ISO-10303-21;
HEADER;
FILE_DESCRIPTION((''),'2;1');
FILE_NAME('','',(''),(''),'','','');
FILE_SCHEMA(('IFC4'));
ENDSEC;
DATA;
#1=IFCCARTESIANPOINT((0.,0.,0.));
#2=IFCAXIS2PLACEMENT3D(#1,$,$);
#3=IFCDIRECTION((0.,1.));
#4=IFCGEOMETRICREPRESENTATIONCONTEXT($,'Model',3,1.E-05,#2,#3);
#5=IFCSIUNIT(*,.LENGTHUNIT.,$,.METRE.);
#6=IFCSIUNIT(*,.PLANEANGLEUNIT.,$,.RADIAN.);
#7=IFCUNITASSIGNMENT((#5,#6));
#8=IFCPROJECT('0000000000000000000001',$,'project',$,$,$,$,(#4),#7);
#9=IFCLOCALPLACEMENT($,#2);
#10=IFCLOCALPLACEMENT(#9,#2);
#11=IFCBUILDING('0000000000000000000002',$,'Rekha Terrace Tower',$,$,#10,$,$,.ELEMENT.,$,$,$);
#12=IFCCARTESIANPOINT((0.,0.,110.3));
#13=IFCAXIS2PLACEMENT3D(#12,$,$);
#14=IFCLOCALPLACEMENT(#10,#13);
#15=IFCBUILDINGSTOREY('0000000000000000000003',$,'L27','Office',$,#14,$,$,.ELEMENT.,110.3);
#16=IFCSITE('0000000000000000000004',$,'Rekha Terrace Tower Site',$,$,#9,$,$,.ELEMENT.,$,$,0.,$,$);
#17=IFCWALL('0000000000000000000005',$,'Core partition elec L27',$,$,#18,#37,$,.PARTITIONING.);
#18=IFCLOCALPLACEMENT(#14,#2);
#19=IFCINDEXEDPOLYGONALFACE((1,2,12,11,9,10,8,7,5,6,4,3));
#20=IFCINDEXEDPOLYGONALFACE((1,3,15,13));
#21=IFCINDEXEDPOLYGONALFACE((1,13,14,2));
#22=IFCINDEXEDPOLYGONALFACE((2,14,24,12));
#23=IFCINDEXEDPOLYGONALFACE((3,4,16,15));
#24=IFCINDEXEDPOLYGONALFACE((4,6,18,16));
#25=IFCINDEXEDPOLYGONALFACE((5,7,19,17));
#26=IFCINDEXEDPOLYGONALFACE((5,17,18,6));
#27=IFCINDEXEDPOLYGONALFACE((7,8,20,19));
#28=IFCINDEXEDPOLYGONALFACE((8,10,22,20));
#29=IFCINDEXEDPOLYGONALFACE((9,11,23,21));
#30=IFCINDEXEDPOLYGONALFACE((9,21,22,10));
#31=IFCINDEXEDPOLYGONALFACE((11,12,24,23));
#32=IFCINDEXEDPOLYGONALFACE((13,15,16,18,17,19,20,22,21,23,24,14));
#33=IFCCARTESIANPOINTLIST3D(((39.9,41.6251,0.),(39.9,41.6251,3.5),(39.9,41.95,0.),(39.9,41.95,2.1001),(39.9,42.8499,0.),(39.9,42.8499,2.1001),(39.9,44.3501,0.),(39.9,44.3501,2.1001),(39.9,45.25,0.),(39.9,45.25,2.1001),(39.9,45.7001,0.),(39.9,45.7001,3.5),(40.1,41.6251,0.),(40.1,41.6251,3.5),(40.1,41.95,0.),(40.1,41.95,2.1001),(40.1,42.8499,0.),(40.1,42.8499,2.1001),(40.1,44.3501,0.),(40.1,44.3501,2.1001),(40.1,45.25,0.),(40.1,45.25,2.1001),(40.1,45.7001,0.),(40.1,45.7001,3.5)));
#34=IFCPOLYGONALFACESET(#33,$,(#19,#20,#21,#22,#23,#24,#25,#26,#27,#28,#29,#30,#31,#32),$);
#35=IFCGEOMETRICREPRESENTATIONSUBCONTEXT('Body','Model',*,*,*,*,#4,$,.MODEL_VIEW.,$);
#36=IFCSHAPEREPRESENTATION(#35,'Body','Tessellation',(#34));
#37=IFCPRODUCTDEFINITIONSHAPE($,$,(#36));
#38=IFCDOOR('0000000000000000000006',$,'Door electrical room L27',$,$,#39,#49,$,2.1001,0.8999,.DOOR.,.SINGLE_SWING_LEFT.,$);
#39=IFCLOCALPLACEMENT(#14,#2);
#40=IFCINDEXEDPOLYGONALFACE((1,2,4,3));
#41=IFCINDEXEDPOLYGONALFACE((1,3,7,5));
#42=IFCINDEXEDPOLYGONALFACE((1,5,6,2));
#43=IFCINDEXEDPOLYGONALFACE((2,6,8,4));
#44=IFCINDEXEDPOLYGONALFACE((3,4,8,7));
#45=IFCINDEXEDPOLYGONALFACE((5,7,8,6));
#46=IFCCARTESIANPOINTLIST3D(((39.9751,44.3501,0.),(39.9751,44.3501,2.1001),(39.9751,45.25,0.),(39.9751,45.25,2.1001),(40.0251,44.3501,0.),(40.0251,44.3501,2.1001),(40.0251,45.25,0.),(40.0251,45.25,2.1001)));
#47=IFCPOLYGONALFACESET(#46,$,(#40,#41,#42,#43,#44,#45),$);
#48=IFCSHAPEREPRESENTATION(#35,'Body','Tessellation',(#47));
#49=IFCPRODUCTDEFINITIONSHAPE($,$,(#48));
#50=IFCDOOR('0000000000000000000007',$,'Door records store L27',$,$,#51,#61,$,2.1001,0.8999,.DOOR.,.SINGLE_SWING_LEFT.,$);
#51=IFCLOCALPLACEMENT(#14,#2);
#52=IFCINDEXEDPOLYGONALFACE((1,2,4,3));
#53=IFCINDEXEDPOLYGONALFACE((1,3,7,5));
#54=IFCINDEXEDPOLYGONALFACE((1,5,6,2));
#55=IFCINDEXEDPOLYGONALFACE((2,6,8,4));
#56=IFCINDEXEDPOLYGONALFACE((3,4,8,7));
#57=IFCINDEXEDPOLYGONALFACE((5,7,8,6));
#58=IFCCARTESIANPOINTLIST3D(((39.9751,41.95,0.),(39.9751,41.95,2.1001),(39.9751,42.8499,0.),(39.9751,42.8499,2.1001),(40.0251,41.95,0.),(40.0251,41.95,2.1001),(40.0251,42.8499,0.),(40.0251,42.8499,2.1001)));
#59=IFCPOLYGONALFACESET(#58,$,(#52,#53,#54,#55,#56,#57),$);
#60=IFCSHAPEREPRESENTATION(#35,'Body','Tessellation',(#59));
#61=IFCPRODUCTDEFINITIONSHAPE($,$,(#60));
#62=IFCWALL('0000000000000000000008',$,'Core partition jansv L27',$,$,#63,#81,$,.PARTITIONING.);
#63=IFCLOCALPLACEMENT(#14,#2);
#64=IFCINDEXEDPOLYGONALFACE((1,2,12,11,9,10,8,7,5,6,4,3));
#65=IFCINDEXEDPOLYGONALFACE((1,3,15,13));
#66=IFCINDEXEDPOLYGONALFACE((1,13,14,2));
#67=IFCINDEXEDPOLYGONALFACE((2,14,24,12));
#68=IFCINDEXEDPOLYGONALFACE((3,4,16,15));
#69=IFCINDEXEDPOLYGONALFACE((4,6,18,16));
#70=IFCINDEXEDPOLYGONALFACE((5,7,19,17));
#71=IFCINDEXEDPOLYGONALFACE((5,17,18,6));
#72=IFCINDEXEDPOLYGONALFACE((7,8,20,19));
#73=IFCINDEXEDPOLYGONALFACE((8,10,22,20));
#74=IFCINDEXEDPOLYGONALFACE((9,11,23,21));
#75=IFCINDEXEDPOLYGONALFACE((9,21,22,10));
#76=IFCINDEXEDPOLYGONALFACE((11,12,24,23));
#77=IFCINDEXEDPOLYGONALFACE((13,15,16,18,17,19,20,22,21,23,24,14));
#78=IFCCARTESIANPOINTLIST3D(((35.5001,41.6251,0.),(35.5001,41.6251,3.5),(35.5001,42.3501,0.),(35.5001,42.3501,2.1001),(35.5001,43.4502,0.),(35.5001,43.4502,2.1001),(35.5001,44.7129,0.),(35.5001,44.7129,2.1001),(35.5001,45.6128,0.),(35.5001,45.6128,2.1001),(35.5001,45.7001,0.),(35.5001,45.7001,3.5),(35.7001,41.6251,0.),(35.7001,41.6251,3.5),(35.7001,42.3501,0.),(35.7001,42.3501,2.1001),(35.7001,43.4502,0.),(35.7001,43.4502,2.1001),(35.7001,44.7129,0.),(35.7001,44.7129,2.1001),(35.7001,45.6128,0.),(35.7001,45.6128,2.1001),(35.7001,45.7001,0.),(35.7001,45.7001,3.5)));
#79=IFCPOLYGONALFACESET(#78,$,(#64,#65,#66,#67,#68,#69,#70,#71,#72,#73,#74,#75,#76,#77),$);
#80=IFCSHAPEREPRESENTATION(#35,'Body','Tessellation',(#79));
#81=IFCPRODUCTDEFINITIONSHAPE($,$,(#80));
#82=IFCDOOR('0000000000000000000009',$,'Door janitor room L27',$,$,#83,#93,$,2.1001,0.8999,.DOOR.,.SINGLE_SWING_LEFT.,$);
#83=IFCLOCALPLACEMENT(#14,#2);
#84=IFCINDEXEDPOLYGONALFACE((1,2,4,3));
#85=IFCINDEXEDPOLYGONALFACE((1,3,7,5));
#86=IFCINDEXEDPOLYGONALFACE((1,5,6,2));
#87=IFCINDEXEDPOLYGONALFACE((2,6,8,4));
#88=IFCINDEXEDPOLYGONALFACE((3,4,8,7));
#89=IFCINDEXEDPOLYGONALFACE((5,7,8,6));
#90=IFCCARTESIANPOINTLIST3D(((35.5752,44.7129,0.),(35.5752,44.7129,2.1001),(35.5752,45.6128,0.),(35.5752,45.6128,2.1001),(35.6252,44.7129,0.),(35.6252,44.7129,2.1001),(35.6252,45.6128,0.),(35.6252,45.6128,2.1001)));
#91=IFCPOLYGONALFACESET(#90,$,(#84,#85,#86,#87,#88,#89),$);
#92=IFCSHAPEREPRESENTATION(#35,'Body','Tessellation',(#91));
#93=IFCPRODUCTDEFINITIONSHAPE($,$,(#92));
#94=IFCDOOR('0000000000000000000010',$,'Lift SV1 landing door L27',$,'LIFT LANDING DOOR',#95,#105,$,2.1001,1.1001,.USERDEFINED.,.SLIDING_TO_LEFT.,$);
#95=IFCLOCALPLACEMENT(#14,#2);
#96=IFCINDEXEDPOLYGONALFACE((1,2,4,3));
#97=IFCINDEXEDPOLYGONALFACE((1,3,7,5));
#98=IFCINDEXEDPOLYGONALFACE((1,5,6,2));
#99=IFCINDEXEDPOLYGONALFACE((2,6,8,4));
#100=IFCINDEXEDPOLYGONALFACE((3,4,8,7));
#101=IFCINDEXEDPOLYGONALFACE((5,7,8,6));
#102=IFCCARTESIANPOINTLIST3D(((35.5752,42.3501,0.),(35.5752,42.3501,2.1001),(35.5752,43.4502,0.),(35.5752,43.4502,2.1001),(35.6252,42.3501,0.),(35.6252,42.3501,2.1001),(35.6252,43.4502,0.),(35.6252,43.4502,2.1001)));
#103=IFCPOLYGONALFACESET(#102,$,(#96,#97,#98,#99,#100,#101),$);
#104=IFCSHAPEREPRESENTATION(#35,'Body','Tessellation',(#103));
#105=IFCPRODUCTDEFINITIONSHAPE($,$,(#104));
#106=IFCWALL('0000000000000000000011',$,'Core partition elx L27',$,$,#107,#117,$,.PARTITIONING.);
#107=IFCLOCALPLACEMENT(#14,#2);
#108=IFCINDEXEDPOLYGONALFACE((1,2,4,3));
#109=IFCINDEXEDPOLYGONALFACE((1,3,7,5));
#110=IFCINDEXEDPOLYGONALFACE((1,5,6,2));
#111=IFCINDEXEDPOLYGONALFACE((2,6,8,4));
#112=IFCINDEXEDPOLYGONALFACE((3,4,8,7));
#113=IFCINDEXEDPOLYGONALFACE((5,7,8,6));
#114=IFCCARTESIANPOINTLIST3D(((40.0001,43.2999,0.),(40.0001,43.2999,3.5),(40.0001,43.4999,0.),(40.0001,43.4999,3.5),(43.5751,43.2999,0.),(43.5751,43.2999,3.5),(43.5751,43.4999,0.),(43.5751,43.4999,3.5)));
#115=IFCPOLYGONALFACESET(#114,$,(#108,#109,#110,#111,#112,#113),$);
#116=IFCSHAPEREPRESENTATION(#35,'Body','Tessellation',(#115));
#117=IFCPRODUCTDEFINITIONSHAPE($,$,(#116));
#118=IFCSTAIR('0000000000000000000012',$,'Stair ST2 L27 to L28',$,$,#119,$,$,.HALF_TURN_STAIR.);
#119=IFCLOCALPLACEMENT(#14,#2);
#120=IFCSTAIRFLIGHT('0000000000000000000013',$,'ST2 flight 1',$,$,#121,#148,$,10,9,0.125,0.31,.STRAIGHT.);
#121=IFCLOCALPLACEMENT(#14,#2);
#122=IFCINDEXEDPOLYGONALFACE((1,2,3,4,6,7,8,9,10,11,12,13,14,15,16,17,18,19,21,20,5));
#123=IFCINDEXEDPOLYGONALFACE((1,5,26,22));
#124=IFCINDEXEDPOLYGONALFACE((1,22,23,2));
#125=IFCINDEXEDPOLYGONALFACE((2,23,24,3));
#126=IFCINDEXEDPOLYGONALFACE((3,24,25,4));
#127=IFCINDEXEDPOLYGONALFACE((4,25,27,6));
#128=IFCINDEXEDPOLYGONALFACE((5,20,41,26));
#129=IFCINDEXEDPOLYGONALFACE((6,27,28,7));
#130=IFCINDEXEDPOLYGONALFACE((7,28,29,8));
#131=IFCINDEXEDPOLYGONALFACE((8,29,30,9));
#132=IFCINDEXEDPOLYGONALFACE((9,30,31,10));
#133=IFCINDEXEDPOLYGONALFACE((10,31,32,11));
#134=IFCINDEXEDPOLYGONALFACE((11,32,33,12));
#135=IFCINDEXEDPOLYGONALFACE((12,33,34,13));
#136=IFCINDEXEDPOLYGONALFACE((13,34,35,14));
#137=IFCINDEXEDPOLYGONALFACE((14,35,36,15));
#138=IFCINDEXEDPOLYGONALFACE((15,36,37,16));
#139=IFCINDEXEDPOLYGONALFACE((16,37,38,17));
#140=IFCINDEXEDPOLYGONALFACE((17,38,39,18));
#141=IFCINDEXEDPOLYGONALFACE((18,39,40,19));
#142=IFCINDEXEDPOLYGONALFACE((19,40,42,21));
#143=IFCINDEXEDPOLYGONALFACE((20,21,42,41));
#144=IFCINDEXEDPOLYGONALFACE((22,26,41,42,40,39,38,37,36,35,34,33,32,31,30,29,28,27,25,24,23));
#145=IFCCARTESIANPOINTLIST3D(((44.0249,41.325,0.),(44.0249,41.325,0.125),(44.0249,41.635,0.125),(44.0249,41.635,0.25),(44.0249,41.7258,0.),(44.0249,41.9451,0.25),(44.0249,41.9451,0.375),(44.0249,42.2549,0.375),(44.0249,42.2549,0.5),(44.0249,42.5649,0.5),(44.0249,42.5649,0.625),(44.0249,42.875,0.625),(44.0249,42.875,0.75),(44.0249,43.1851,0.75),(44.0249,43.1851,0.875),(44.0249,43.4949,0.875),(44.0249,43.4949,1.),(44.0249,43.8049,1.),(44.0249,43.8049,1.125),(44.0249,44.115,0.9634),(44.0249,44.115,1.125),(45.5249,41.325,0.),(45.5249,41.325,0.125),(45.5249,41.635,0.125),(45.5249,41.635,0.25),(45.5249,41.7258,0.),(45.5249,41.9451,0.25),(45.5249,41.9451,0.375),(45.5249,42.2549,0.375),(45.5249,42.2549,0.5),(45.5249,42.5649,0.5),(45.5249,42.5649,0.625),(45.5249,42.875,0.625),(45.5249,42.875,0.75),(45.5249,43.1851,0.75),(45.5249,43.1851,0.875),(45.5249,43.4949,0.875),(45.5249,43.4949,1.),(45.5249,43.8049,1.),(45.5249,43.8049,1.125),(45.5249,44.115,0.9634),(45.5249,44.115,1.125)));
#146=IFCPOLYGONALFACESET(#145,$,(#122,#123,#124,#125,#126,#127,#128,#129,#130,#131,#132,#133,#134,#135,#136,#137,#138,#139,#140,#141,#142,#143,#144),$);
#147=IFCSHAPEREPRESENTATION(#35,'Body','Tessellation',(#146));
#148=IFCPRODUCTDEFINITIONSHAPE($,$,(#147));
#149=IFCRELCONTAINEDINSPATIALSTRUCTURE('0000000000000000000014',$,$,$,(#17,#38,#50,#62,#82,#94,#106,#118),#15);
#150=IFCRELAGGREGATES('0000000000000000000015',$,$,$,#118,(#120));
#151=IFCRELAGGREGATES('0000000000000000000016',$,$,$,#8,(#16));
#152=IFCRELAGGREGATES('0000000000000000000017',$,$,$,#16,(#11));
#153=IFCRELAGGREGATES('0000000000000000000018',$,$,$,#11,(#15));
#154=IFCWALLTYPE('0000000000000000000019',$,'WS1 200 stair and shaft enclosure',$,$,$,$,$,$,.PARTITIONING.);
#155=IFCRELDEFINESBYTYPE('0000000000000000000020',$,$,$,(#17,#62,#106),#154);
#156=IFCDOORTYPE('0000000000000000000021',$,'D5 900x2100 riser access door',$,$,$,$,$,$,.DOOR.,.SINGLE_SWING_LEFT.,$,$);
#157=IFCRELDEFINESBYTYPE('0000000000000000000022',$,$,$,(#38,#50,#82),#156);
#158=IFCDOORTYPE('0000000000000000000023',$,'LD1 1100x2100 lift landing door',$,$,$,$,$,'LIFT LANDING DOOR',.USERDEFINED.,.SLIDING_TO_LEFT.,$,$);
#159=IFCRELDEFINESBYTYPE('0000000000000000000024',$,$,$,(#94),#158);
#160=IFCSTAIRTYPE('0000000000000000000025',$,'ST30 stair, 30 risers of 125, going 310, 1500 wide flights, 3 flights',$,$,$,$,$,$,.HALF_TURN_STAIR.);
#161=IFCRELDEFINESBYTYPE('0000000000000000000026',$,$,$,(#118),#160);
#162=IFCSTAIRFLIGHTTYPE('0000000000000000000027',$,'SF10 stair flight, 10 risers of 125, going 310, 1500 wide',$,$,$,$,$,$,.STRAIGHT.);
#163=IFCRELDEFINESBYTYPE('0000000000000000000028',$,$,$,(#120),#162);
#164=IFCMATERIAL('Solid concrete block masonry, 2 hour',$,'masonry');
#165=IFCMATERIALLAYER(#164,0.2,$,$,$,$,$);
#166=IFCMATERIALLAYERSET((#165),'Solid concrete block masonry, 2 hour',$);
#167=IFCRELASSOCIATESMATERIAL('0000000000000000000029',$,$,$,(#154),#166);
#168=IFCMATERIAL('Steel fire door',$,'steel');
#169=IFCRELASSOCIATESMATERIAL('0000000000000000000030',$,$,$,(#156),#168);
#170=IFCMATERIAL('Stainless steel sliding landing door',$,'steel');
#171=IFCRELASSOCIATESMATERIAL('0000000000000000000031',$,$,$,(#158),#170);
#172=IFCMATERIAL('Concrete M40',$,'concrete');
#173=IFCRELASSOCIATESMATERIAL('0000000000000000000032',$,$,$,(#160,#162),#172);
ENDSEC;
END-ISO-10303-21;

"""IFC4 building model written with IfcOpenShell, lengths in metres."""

from ifc_helpers import new_model, si_unit, direction, frame, frame_2d, origin, place, context, subcontext, project, spatial, polyline, rectangle, outline, extrude, material, layer, layer_set, type_object, element, fill, aggregate, save


model = new_model("IFC4")

# Units and contexts
model_context = context("Model", 3, precision=1e-05, world=origin(), true_north=direction((0.0, 1.0)))
body_context = subcontext(model_context, "Body", "Model", "MODEL_VIEW")
ifc_project = project(units=[si_unit("LENGTHUNIT", "METRE"), si_unit("PLANEANGLEUNIT", "RADIAN")], contexts=[model_context])

# Site, building, storey
site_placement = place(None, origin())
site = spatial("IfcSite", under=ifc_project, at=site_placement, Name="Rekha Terrace Tower Site", CompositionType="ELEMENT", RefElevation=0.0)
building_placement = place(site_placement, origin())
building = spatial("IfcBuilding", under=site, at=building_placement, Name="Rekha Terrace Tower", CompositionType="ELEMENT")
storey_placement = place(building_placement, frame((0.0, 0.0, 110.3)))
storey = spatial("IfcBuildingStorey", under=building, at=storey_placement, Name="L27", Description="Office", CompositionType="ELEMENT", Elevation=110.3)

# Shared definitions
ifc_material_1 = material(Name="Stainless steel sliding landing door", Category="steel")
ifc_material_2 = material(Name="Steel fire door", Category="steel")

# Shared definitions
ifc_material_3 = material(Name="Solid concrete block masonry, 2 hour", Category="masonry")
ifc_layer_1 = layer(ifc_material_3, 0.2)
ifc_layer_set_1 = layer_set([ifc_layer_1], Name="Solid concrete block masonry, 2 hour")
wall_type_1 = type_object("IfcWallType", Name="WS1 200 stair and shaft enclosure", PredefinedType="PARTITIONING", material=ifc_layer_set_1)

# Walls, openings, doors
wall_1_placement = place(storey_placement, frame((40.0, 41.625, 0.0), z_axis=(0.0, 0.0, 1.0), x_axis=(0.0, 1.0, 0.0)))
wall_1 = element("IfcWall", 1, at=wall_1_placement, inside=storey, type_object=wall_type_1, Name="Core partition elec L27", PredefinedType="PARTITIONING", context=body_context, shape_type="SweptSolid", body=[
    extrude(rectangle(XDim=4.075, YDim=0.2, at=frame_2d((2.0376, 0.0))), origin(), (0.0, 0.0, 1.0), 3.5),
])
opening_1_placement = place(wall_1_placement, frame((2.7251, 0.0, 0.0)))
opening_1 = element("IfcOpeningElement", 2, at=opening_1_placement, cuts=wall_1, PredefinedType="OPENING", context=body_context, shape_type="SweptSolid", body=[
    extrude(rectangle(XDim=0.8999, YDim=2.1001, at=frame_2d((0.45, 1.05))), frame((0.0, 0.1099, 0.0), z_axis=(0.0, -1.0, 0.0), x_axis=(1.0, 0.0, 0.0)), (0.0, 0.0, 1.0), 0.22),
])
opening_2_placement = place(wall_1_placement, frame((0.325, 0.0, 0.0)))
opening_2 = element("IfcOpeningElement", 3, at=opening_2_placement, cuts=wall_1, PredefinedType="OPENING", context=body_context, shape_type="SweptSolid", body=[
    extrude(rectangle(XDim=0.8999, YDim=2.1001, at=frame_2d((0.45, 1.05))), frame((0.0, 0.1099, 0.0), z_axis=(0.0, -1.0, 0.0), x_axis=(1.0, 0.0, 0.0)), (0.0, 0.0, 1.0), 0.22),
])
door_type_1 = type_object("IfcDoorType", Name="D5 900x2100 riser access door", OperationType="SINGLE_SWING_LEFT", PredefinedType="DOOR", material=ifc_material_2)
door_1_placement = place(opening_1_placement, origin())
door_1 = element("IfcDoor", 4, at=door_1_placement, inside=storey, type_object=door_type_1, Name="Door electrical room L27", OperationType="SINGLE_SWING_LEFT", OverallHeight=2.1001, OverallWidth=0.8999, PredefinedType="DOOR", context=body_context, shape_type="SweptSolid", body=[
    extrude(rectangle(XDim=0.8999, YDim=2.1001, at=frame_2d((0.45, 1.05))), frame((0.0, 0.0249, 0.0), z_axis=(0.0, -1.0, 0.0), x_axis=(1.0, 0.0, 0.0)), (0.0, 0.0, 1.0), 0.05),
])
fill(opening_1, door_1)
door_2_placement = place(opening_2_placement, origin())
door_2 = element("IfcDoor", 5, at=door_2_placement, inside=storey, type_object=door_type_1, Name="Door records store L27", OperationType="SINGLE_SWING_LEFT", OverallHeight=2.1001, OverallWidth=0.8999, PredefinedType="DOOR", context=body_context, shape_type="SweptSolid", body=[
    extrude(rectangle(XDim=0.8999, YDim=2.1001, at=frame_2d((0.45, 1.05))), frame((0.0, 0.0249, 0.0), z_axis=(0.0, -1.0, 0.0), x_axis=(1.0, 0.0, 0.0)), (0.0, 0.0, 1.0), 0.05),
])
fill(opening_2, door_2)
wall_2_placement = place(storey_placement, frame((35.6001, 41.625, 0.0), z_axis=(0.0, 0.0, 1.0), x_axis=(0.0, 1.0, 0.0)))
wall_2 = element("IfcWall", 6, at=wall_2_placement, inside=storey, type_object=wall_type_1, Name="Core partition jansv L27", PredefinedType="PARTITIONING", context=body_context, shape_type="SweptSolid", body=[
    extrude(rectangle(XDim=4.075, YDim=0.2, at=frame_2d((2.0376, 0.0))), origin(), (0.0, 0.0, 1.0), 3.5),
])
opening_3_placement = place(wall_2_placement, frame((3.0879, 0.0, 0.0)))
opening_3 = element("IfcOpeningElement", 7, at=opening_3_placement, cuts=wall_2, PredefinedType="OPENING", context=body_context, shape_type="SweptSolid", body=[
    extrude(rectangle(XDim=0.8999, YDim=2.1001, at=frame_2d((0.45, 1.05))), frame((0.0, 0.1099, 0.0), z_axis=(0.0, -1.0, 0.0), x_axis=(1.0, 0.0, 0.0)), (0.0, 0.0, 1.0), 0.22),
])
opening_4_placement = place(wall_2_placement, frame((0.7251, 0.0, 0.0)))
opening_4 = element("IfcOpeningElement", 8, at=opening_4_placement, cuts=wall_2, PredefinedType="OPENING", context=body_context, shape_type="SweptSolid", body=[
    extrude(rectangle(XDim=1.1001, YDim=2.1001, at=frame_2d((0.55, 1.05))), frame((0.0, 0.1099, 0.0), z_axis=(0.0, -1.0, 0.0), x_axis=(1.0, 0.0, 0.0)), (0.0, 0.0, 1.0), 0.22),
])
door_3_placement = place(opening_3_placement, origin())
door_3 = element("IfcDoor", 9, at=door_3_placement, inside=storey, type_object=door_type_1, Name="Door janitor room L27", OperationType="SINGLE_SWING_LEFT", OverallHeight=2.1001, OverallWidth=0.8999, PredefinedType="DOOR", context=body_context, shape_type="SweptSolid", body=[
    extrude(rectangle(XDim=0.8999, YDim=2.1001, at=frame_2d((0.45, 1.05))), frame((0.0, 0.0249, 0.0), z_axis=(0.0, -1.0, 0.0), x_axis=(1.0, 0.0, 0.0)), (0.0, 0.0, 1.0), 0.05),
])
fill(opening_3, door_3)
door_type_2 = type_object("IfcDoorType", Name="LD1 1100x2100 lift landing door", ElementType="LIFT LANDING DOOR", OperationType="SLIDING_TO_LEFT", PredefinedType="USERDEFINED", material=ifc_material_1)
door_4_placement = place(opening_4_placement, origin())
door_4 = element("IfcDoor", 10, at=door_4_placement, inside=storey, type_object=door_type_2, Name="Lift SV1 landing door L27", ObjectType="LIFT LANDING DOOR", OperationType="SLIDING_TO_LEFT", OverallHeight=2.1001, OverallWidth=1.1001, PredefinedType="USERDEFINED", context=body_context, shape_type="SweptSolid", body=[
    extrude(rectangle(XDim=1.1001, YDim=2.1001, at=frame_2d((0.55, 1.05))), frame((0.0, 0.0249, 0.0), z_axis=(0.0, -1.0, 0.0), x_axis=(1.0, 0.0, 0.0)), (0.0, 0.0, 1.0), 0.05),
])
fill(opening_4, door_4)

# Wall
wall_3_placement = place(storey_placement, frame((40.0, 43.3999, 0.0), z_axis=(0.0, 0.0, 1.0), x_axis=(1.0, 0.0, 0.0)))
element("IfcWall", 11, at=wall_3_placement, inside=storey, type_object=wall_type_1, Name="Core partition elx L27", PredefinedType="PARTITIONING", context=body_context, shape_type="SweptSolid", body=[
    extrude(rectangle(XDim=3.575, YDim=0.2, at=frame_2d((1.7876, 0.0))), origin(), (0.0, 0.0, 1.0), 3.5),
])

# Stair, stair flight
ifc_material_4 = material(Name="Concrete M40", Category="concrete")
stair_type = type_object("IfcStairType", Name="ST30 stair, 30 risers of 125, going 310, 1500 wide flights, 3 flights", PredefinedType="HALF_TURN_STAIR", material=ifc_material_4)
stair_1_placement = place(storey_placement, origin())
stair_1 = element("IfcStair", 12, at=stair_1_placement, inside=storey, type_object=stair_type, Name="Stair ST2 L27 to L28", PredefinedType="HALF_TURN_STAIR")
stair_flight_type = type_object("IfcStairFlightType", Name="SF10 stair flight, 10 risers of 125, going 310, 1500 wide", PredefinedType="STRAIGHT", material=ifc_material_4)
stair_flight_1_placement = place(storey_placement, frame((44.7749, 41.325, 0.0), z_axis=(0.0, 0.0, 1.0), x_axis=(0.0, 1.0, 0.0)))
stair_flight_1 = element("IfcStairFlight", 13, at=stair_flight_1_placement, type_object=stair_flight_type, Name="ST2 flight 1", NumberOfRisers=10, NumberOfTreads=9, PredefinedType="STRAIGHT", RiserHeight=0.125, TreadLength=0.31, context=body_context, shape_type="SweptSolid", body=[
    extrude(outline(polyline([(0.0, 0.0), (0.0, 0.125), (0.3101, 0.125), (0.3101, 0.25), (0.6201, 0.25), (0.6201, 0.375), (0.9299, 0.375), (0.9299, 0.5), (1.24, 0.5), (1.24, 0.625), (1.55, 0.625), (1.55, 0.75), (1.8601, 0.75), (1.8601, 0.875), (2.1699, 0.875), (2.1699, 1.0), (2.48, 1.0), (2.48, 1.125), (2.79, 1.125), (2.79, 1.25), (2.79, 0.9634), (0.4009, 0.0), (0.0, 0.0)])), frame((0.0, 0.75, 0.0), z_axis=(0.0, -1.0, 0.0), x_axis=(1.0, 0.0, 0.0)), (0.0, 0.0, 1.0), 1.5),
])
aggregate(stair_1, [stair_flight_1])

save(model, "model.ifc")
